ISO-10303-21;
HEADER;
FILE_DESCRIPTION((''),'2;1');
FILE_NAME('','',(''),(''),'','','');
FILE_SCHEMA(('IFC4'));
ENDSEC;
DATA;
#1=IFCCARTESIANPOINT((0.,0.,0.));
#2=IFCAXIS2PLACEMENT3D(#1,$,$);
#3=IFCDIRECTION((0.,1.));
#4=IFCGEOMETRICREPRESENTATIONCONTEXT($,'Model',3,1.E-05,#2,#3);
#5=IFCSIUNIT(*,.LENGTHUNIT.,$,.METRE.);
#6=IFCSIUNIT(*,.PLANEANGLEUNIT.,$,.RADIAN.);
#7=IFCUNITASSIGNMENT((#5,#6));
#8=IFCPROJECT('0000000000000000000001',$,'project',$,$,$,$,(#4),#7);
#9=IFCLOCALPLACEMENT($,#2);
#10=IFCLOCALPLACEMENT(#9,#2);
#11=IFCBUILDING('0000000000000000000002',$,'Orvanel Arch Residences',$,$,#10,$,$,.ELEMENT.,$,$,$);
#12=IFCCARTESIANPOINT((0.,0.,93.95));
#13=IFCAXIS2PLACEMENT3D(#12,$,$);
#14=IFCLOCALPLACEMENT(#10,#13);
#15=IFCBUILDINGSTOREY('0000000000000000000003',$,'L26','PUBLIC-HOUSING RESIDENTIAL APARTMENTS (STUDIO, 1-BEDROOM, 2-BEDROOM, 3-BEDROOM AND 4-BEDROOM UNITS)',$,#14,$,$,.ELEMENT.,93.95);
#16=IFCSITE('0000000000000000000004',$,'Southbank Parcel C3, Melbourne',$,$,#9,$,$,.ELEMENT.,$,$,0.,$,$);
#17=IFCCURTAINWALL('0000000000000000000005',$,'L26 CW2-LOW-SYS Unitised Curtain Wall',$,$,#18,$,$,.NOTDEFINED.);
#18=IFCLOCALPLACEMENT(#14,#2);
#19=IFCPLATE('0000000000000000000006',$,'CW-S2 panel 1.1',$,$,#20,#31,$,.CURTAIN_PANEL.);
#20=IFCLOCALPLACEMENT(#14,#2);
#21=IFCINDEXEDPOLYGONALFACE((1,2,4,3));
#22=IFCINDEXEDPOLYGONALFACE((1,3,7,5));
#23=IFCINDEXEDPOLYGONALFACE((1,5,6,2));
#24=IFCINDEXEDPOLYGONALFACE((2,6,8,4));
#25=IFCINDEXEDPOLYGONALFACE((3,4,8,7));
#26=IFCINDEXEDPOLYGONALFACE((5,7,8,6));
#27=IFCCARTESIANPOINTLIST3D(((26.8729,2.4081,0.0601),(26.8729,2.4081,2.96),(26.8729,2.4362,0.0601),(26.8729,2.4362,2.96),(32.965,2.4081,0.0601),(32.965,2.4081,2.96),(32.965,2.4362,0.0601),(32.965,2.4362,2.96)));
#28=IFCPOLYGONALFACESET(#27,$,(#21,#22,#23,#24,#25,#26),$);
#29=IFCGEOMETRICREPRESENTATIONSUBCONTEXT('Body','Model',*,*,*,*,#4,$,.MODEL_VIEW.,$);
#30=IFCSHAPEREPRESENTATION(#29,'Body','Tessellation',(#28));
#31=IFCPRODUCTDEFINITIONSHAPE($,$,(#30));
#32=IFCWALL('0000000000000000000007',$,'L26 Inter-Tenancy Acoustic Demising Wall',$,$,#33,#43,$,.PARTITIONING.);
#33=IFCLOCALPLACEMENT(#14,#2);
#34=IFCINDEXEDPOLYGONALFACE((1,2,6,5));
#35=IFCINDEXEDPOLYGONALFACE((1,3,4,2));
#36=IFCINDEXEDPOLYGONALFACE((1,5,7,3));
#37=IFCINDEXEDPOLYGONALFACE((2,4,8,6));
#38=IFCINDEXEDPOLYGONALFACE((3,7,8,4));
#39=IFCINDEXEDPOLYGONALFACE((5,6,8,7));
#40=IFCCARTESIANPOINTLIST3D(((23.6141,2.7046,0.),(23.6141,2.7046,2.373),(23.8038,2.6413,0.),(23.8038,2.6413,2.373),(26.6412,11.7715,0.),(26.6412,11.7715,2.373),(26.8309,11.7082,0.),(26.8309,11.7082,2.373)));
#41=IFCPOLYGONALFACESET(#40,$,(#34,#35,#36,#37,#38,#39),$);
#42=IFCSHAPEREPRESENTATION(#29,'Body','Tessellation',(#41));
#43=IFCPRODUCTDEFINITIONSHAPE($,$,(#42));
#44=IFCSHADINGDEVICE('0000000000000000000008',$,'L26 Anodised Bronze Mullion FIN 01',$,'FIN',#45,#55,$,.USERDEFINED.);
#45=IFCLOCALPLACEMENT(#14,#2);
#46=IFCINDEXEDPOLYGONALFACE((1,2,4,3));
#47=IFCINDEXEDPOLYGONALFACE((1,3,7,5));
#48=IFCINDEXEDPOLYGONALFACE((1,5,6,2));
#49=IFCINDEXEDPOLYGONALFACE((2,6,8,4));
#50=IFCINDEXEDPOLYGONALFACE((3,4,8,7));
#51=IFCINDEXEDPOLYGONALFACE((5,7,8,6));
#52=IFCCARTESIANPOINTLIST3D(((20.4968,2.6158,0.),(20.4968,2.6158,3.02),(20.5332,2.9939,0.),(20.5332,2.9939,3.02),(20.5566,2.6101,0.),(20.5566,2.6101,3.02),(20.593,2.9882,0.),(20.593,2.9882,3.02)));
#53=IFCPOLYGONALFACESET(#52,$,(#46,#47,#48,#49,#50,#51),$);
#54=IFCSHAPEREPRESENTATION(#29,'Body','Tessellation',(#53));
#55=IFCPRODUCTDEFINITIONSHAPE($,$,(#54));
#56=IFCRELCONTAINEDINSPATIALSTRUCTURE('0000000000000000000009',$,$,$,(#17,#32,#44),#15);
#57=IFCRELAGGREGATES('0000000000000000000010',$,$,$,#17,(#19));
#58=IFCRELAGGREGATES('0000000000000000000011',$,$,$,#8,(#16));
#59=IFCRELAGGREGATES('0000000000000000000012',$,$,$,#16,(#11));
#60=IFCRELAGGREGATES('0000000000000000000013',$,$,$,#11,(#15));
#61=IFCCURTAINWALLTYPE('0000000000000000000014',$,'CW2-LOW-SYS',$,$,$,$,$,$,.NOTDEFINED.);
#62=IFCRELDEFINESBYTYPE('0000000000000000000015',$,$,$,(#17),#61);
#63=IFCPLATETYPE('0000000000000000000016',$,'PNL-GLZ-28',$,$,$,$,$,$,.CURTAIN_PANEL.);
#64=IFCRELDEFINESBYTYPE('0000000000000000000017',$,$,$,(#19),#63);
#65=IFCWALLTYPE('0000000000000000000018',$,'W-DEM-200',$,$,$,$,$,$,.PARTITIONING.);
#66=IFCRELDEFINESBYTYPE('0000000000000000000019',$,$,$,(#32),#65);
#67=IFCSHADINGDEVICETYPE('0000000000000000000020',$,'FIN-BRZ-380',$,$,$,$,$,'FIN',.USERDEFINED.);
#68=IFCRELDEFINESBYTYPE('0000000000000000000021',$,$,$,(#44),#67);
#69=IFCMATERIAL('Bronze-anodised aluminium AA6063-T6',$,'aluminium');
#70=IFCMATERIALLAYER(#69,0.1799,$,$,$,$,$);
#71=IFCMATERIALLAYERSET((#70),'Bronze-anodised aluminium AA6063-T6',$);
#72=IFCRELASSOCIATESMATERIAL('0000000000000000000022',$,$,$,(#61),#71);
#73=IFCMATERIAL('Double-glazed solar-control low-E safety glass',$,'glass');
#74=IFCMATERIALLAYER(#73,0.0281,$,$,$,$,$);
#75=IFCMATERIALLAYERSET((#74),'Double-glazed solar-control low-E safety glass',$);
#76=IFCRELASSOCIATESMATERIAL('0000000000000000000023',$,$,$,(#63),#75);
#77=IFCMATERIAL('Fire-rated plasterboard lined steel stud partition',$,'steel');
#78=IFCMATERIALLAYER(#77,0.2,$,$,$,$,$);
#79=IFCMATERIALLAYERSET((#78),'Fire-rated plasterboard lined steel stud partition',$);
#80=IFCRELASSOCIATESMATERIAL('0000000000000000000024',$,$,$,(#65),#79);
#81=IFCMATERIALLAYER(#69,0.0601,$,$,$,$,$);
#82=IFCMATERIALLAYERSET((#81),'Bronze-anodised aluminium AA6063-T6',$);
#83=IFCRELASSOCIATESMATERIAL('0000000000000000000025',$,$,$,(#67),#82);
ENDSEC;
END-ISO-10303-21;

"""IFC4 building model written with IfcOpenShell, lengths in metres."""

from ifc_helpers import new_model, si_unit, direction, frame, frame_2d, origin, origin_2d, place, context, subcontext, project, spatial, rectangle, extrude, material, layer, layer_set, type_object, element, aggregate, save


model = new_model("IFC4")

# Units and contexts
model_context = context("Model", 3, precision=1e-05, world=origin(), true_north=direction((0.0, 1.0)))
body_context = subcontext(model_context, "Body", "Model", "MODEL_VIEW")
ifc_project = project(units=[si_unit("LENGTHUNIT", "METRE"), si_unit("PLANEANGLEUNIT", "RADIAN")], contexts=[model_context])

# Site, building, storey
site_placement = place(None, origin())
site = spatial("IfcSite", under=ifc_project, at=site_placement, Name="Southbank Parcel C3, Melbourne", CompositionType="ELEMENT", RefElevation=0.0)
building_placement = place(site_placement, origin())
building = spatial("IfcBuilding", under=site, at=building_placement, Name="Orvanel Arch Residences", CompositionType="ELEMENT")
storey_placement = place(building_placement, frame((0.0, 0.0, 93.95)))
storey = spatial("IfcBuildingStorey", under=building, at=storey_placement, Name="L26", Description="PUBLIC-HOUSING RESIDENTIAL APARTMENTS (STUDIO, 1-BEDROOM, 2-BEDROOM, 3-BEDROOM AND 4-BEDROOM UNITS)", CompositionType="ELEMENT", Elevation=93.95)

# Shared definitions
ifc_material_1 = material(Name="Bronze-anodised aluminium AA6063-T6", Category="aluminium")
ifc_layer_1 = layer(ifc_material_1, 0.1799)
ifc_layer_set_1 = layer_set([ifc_layer_1], Name="Bronze-anodised aluminium AA6063-T6")
curtain_wall_type = type_object("IfcCurtainWallType", Name="CW2-LOW-SYS", PredefinedType="NOTDEFINED", material=ifc_layer_set_1)

# Curtain wall
curtain_wall_1_placement = place(storey_placement, origin())
curtain_wall_1 = element("IfcCurtainWall", 1, at=curtain_wall_1_placement, inside=storey, type_object=curtain_wall_type, Name="L26 CW2-LOW-SYS Unitised Curtain Wall", PredefinedType="NOTDEFINED")

# Plate
ifc_material_2 = material(Name="Double-glazed solar-control low-E safety glass", Category="glass")
ifc_layer_2 = layer(ifc_material_2, 0.0281)
ifc_layer_set_2 = layer_set([ifc_layer_2], Name="Double-glazed solar-control low-E safety glass")
plate_type_1 = type_object("IfcPlateType", Name="PNL-GLZ-28", PredefinedType="CURTAIN_PANEL", material=ifc_layer_set_2)
plate_1_placement = place(storey_placement, frame((29.9189, 2.4221, 0.0601), z_axis=(0.0, 0.0, 1.0), x_axis=(1.0, 0.0, 0.0)))
plate_1 = element("IfcPlate", 2, at=plate_1_placement, type_object=plate_type_1, Name="CW-S2 panel 1.1", PredefinedType="CURTAIN_PANEL", context=body_context, shape_type="SweptSolid", body=[
    extrude(rectangle(XDim=6.092, YDim=0.0281, at=origin_2d()), origin(), (0.0, 0.0, 1.0), 2.8999),
])
aggregate(curtain_wall_1, [plate_1])

# Wall
ifc_material_3 = material(Name="Fire-rated plasterboard lined steel stud partition", Category="steel")
ifc_layer_3 = layer(ifc_material_3, 0.2)
ifc_layer_set_3 = layer_set([ifc_layer_3], Name="Fire-rated plasterboard lined steel stud partition")
wall_type = type_object("IfcWallType", Name="W-DEM-200", PredefinedType="PARTITIONING", material=ifc_layer_set_3)
wall_placement = place(storey_placement, frame((23.709, 2.6731, 0.0), z_axis=(0.0, 0.0, 1.0), x_axis=(0.31668, 0.948532, 0.0)))
element("IfcWall", 3, at=wall_placement, inside=storey, type_object=wall_type, Name="L26 Inter-Tenancy Acoustic Demising Wall", PredefinedType="PARTITIONING", context=body_context, shape_type="SweptSolid", body=[
    extrude(rectangle(XDim=9.5588, YDim=0.2, at=frame_2d((4.7793, 0.0))), origin(), (0.0, 0.0, 1.0), 2.373),
])

# Shading device
ifc_layer_4 = layer(ifc_material_1, 0.0601)
ifc_layer_set_4 = layer_set([ifc_layer_4], Name="Bronze-anodised aluminium AA6063-T6")
shading_device_type = type_object("IfcShadingDeviceType", Name="FIN-BRZ-380", ElementType="FIN", PredefinedType="USERDEFINED", material=ifc_layer_set_4)
shading_device_placement = place(storey_placement, frame((20.5449, 2.802, 0.0), z_axis=(0.0, 0.0, 1.0), x_axis=(-0.095846, -0.995396, 0.0)))
element("IfcShadingDevice", 4, at=shading_device_placement, inside=storey, type_object=shading_device_type, Name="L26 Anodised Bronze Mullion FIN 01", ObjectType="FIN", PredefinedType="USERDEFINED", context=body_context, shape_type="SweptSolid", body=[
    extrude(rectangle(XDim=0.3799, YDim=0.0601, at=origin_2d()), origin(), (0.0, 0.0, 1.0), 3.02),
])

save(model, "model.ifc")
